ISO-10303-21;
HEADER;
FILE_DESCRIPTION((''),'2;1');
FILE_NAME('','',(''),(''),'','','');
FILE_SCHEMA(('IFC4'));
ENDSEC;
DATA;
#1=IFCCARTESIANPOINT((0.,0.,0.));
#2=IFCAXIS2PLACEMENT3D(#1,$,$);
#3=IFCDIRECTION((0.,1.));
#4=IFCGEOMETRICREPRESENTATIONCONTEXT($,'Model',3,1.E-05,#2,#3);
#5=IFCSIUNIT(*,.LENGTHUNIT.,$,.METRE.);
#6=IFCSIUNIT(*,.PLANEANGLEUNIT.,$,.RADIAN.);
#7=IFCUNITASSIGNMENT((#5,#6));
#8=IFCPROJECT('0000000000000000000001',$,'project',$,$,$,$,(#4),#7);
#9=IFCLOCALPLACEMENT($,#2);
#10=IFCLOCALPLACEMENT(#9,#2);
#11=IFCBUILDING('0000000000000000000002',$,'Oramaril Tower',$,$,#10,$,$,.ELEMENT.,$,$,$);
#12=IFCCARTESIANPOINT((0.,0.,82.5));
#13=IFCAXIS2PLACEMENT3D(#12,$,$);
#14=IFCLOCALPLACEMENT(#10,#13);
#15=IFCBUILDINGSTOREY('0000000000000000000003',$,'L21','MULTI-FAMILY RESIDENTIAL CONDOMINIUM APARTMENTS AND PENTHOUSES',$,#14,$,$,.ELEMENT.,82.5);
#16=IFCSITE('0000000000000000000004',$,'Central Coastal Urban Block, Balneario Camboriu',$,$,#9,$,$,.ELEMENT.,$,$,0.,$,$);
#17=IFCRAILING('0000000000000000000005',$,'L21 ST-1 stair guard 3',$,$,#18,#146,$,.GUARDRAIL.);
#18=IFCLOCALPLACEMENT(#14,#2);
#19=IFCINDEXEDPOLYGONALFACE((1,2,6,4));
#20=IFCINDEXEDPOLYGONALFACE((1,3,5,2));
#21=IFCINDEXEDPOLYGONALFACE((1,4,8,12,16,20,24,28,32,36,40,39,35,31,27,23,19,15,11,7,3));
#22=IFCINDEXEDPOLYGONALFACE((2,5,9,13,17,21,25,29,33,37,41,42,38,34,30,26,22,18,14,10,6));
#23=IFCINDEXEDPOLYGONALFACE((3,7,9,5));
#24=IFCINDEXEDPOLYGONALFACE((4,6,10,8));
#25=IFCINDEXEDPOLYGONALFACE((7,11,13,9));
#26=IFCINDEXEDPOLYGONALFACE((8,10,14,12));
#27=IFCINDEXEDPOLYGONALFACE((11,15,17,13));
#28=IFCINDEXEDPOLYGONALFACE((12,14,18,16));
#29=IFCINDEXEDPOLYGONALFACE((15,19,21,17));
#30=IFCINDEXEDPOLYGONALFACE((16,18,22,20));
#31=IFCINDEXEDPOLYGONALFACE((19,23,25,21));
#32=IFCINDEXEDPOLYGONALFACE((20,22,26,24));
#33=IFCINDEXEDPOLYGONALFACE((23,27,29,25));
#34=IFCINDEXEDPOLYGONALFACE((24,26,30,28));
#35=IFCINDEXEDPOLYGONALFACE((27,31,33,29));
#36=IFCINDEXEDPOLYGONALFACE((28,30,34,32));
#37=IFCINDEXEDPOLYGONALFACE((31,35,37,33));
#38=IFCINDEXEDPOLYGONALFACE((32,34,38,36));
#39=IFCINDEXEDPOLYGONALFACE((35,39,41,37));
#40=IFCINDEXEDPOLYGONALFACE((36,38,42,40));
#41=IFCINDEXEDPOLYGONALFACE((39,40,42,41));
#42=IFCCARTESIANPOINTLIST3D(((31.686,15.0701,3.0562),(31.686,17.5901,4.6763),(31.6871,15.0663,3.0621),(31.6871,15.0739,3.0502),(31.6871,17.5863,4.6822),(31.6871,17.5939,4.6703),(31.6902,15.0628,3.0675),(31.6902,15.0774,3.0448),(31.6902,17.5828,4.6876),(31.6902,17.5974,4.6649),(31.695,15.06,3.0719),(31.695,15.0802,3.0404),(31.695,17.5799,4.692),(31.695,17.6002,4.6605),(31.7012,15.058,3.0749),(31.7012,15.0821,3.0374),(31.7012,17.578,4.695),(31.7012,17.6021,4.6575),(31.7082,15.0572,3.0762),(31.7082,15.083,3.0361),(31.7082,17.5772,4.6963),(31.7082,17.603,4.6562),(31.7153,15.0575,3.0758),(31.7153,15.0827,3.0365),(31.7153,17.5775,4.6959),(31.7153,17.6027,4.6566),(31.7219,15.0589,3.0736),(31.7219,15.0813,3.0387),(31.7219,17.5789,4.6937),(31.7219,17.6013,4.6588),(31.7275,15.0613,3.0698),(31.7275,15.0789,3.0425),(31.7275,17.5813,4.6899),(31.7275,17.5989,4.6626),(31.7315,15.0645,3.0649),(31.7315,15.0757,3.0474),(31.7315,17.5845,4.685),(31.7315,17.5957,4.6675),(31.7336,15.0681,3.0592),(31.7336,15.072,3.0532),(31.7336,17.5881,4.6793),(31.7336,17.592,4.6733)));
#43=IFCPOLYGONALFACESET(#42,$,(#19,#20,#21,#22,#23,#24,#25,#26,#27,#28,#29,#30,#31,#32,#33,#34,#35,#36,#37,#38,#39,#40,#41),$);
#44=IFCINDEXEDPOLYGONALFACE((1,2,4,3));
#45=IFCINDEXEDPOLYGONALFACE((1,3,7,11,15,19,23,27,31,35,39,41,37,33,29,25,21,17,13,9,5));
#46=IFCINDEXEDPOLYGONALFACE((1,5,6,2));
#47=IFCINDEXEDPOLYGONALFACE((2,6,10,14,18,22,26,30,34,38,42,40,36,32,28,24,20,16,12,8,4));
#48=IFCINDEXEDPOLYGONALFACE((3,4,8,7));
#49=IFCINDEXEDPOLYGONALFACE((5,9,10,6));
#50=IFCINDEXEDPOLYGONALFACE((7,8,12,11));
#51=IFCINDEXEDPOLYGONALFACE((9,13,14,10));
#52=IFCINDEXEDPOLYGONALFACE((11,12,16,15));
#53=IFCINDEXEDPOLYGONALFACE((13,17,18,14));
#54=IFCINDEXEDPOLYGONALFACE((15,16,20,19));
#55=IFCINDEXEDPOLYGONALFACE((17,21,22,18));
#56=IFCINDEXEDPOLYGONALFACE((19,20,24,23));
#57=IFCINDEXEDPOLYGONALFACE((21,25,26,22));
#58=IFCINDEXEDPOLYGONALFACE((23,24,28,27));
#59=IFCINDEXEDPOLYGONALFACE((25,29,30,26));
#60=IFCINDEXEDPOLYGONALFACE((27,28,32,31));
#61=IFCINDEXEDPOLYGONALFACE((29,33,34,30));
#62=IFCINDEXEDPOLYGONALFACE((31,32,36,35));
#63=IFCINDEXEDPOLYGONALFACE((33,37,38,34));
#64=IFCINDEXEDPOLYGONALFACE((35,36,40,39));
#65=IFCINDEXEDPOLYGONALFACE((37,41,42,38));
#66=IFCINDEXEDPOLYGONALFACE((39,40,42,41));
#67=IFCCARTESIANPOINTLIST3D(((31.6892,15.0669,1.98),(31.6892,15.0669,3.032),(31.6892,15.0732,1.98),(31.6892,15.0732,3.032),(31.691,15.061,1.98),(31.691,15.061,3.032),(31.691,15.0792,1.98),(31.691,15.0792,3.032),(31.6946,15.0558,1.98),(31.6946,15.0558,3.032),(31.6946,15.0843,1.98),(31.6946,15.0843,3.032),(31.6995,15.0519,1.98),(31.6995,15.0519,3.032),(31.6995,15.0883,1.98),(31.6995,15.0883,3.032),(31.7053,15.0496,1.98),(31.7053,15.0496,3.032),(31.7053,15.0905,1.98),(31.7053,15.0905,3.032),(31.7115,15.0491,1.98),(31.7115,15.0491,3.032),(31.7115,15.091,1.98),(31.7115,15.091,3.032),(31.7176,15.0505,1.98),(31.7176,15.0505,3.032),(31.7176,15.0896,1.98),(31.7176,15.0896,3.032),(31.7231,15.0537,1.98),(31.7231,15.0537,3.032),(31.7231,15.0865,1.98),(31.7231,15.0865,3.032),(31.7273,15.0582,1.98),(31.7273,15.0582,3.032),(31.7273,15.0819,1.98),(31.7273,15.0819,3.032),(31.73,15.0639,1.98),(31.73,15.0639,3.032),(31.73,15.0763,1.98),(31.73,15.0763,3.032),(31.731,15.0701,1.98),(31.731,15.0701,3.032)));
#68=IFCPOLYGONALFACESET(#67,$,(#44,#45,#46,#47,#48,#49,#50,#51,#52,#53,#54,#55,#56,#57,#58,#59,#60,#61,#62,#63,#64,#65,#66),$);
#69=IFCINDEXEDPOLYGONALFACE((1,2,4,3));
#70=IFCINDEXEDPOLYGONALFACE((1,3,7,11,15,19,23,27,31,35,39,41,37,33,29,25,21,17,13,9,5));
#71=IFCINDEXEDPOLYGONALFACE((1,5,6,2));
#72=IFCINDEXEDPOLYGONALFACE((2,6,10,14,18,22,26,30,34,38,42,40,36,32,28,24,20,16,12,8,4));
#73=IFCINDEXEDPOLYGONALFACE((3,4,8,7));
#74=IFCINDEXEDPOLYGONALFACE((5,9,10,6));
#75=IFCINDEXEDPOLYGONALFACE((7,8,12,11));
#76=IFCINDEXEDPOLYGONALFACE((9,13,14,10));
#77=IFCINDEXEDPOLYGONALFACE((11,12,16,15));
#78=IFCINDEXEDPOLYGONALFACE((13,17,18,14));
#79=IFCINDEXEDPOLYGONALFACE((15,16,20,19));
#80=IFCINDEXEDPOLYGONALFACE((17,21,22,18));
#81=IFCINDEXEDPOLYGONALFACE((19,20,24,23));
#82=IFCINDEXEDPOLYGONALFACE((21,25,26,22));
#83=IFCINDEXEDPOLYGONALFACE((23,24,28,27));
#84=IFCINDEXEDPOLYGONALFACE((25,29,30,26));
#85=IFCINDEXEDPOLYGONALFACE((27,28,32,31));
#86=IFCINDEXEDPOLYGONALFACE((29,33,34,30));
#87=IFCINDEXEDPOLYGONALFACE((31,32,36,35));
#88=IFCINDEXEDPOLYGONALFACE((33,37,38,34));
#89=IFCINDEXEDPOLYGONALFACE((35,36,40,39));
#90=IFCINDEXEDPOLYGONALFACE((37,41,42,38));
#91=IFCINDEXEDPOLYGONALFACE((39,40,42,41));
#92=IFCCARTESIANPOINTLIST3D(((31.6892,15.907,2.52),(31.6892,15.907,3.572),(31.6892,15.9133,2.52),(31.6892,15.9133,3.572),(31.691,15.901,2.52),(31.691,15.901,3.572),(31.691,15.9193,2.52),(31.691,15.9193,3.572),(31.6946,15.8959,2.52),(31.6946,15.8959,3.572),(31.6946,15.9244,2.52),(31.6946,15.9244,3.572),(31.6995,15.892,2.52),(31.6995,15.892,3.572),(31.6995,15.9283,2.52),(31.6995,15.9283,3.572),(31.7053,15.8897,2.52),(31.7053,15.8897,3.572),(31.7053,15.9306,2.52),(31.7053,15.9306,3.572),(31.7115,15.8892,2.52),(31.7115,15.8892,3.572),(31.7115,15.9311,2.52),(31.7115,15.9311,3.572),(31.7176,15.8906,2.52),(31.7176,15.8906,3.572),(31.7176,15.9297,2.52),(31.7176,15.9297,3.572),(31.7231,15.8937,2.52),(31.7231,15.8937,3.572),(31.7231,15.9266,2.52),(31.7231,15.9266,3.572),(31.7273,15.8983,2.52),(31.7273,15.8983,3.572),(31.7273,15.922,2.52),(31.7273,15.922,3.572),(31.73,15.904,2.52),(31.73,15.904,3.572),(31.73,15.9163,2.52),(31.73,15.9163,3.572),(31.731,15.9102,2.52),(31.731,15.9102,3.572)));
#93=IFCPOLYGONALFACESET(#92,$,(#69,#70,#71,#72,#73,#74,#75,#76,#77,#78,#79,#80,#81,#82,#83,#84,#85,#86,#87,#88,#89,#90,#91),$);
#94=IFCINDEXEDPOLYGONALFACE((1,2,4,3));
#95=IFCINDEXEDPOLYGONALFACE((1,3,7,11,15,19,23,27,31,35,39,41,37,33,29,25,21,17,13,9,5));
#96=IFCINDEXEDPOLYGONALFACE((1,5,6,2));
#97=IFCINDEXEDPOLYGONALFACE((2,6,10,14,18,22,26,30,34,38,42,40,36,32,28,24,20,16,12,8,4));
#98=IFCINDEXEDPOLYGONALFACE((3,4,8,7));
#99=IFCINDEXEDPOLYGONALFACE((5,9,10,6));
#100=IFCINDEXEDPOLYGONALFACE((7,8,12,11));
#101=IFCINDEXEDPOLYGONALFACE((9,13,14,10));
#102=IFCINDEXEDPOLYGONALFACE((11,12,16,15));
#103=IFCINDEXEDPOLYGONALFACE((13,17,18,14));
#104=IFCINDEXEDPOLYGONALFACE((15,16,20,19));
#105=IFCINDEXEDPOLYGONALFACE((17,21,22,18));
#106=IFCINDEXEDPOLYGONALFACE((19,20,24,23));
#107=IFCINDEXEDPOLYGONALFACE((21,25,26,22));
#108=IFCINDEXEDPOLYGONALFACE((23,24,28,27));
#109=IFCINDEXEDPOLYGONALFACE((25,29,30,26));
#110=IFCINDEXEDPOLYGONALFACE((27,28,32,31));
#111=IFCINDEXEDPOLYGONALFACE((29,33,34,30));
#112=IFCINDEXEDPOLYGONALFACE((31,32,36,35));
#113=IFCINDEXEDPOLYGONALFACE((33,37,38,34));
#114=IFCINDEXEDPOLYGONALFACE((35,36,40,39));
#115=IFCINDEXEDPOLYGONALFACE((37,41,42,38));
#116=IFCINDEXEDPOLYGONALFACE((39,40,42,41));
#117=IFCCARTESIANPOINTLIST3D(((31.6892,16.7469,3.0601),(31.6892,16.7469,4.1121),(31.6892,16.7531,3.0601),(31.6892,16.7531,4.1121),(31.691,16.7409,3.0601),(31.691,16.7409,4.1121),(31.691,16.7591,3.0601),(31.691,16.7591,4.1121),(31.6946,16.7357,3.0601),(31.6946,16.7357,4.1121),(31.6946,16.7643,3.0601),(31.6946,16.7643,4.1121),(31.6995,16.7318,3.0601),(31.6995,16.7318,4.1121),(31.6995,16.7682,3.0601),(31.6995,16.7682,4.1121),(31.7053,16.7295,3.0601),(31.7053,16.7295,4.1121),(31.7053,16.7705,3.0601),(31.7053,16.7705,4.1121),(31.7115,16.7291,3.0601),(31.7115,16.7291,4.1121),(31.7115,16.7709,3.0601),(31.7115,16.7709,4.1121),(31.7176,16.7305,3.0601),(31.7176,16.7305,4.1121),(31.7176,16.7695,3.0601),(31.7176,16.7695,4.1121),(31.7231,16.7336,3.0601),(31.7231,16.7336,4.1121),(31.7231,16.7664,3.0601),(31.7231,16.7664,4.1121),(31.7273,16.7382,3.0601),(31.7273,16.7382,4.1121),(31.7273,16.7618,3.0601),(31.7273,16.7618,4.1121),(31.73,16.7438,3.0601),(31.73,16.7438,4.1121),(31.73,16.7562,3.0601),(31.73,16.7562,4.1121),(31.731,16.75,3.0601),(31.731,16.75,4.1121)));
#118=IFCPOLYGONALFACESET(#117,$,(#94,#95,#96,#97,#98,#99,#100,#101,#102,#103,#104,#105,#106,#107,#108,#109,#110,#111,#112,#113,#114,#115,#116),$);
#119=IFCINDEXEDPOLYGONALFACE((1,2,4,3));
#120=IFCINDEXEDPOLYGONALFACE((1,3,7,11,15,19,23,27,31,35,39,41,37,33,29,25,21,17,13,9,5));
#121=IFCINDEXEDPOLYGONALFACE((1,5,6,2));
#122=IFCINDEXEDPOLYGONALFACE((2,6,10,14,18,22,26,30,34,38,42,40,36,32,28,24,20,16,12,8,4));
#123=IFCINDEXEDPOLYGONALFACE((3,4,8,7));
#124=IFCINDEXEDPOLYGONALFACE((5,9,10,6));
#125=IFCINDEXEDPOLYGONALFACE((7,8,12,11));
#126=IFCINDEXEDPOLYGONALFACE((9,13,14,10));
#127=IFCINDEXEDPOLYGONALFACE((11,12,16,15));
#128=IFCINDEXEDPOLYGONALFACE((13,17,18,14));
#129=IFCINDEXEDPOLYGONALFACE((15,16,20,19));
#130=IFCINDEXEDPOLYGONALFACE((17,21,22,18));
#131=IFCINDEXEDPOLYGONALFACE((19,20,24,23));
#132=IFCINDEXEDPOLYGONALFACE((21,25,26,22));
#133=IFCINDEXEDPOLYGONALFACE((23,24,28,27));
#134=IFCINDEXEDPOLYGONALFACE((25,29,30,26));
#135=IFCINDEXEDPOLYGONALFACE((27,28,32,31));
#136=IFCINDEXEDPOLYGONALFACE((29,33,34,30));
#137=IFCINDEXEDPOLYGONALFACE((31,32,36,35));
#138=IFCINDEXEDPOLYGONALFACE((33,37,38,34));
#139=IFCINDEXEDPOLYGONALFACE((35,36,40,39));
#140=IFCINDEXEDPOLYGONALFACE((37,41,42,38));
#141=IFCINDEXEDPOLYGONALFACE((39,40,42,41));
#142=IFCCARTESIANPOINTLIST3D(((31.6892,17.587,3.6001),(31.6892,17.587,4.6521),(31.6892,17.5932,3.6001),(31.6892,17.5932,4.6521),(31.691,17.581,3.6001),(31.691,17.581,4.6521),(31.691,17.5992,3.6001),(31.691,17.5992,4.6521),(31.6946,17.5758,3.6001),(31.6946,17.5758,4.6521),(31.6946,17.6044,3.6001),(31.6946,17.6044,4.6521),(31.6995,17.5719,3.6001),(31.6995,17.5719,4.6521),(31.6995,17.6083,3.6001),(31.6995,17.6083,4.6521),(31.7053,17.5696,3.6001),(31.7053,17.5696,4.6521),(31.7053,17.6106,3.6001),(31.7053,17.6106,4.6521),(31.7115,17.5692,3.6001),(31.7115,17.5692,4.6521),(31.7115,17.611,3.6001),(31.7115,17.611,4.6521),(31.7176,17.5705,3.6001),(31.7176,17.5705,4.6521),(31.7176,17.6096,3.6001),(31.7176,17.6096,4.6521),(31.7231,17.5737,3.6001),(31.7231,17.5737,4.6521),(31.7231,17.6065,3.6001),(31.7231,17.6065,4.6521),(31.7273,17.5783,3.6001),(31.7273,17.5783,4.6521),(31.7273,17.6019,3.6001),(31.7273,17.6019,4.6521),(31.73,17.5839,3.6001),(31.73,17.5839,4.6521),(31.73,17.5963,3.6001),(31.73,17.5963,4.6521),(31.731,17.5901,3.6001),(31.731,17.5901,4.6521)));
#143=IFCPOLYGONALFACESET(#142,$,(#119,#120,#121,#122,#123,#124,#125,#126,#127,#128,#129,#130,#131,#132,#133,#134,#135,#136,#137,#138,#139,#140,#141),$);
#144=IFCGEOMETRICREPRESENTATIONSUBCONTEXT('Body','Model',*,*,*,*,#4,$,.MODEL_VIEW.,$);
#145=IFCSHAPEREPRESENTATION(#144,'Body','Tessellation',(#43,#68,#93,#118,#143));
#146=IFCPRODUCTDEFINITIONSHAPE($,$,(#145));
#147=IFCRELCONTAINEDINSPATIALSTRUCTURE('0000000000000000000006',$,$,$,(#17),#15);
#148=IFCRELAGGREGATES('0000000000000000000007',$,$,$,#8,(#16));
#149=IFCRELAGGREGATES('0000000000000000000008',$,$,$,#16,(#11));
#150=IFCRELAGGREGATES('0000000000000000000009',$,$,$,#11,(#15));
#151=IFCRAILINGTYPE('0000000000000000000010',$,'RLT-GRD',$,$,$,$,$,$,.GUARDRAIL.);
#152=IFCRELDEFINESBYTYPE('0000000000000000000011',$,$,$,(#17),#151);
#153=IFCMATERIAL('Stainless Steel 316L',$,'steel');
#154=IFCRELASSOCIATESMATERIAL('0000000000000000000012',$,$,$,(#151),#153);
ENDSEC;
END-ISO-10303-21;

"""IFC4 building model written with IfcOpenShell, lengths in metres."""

from ifc_helpers import new_model, si_unit, direction, frame, origin, origin_2d, place, context, subcontext, project, spatial, circle, extrude, material, type_object, element, save


model = new_model("IFC4")

# Units and contexts
model_context = context("Model", 3, precision=1e-05, world=origin(), true_north=direction((0.0, 1.0)))
body_context = subcontext(model_context, "Body", "Model", "MODEL_VIEW")
ifc_project = project(units=[si_unit("LENGTHUNIT", "METRE"), si_unit("PLANEANGLEUNIT", "RADIAN")], contexts=[model_context])

# Site, building, storey
site_placement = place(None, origin())
site = spatial("IfcSite", under=ifc_project, at=site_placement, Name="Central Coastal Urban Block, Balneario Camboriu", CompositionType="ELEMENT", RefElevation=0.0)
building_placement = place(site_placement, origin())
building = spatial("IfcBuilding", under=site, at=building_placement, Name="Oramaril Tower", CompositionType="ELEMENT")
storey_placement = place(building_placement, frame((0.0, 0.0, 82.5)))
storey = spatial("IfcBuildingStorey", under=building, at=storey_placement, Name="L21", Description="MULTI-FAMILY RESIDENTIAL CONDOMINIUM APARTMENTS AND PENTHOUSES", CompositionType="ELEMENT", Elevation=82.5)

# Railing
ifc_material_1 = material(Name="Stainless Steel 316L", Category="steel")
railing_type_1 = type_object("IfcRailingType", Name="RLT-GRD", PredefinedType="GUARDRAIL", material=ifc_material_1)
railing_1_placement = place(storey_placement, frame((31.71, 15.0701, 1.98)))
element("IfcRailing", 1, at=railing_1_placement, inside=storey, type_object=railing_type_1, Name="L21 ST-1 stair guard 3", PredefinedType="GUARDRAIL", context=body_context, shape_type="SweptSolid", body=[
    extrude(circle(Radius=0.0239, at=origin_2d()), frame((0.0, 0.0, 1.0762), z_axis=(0.0, 0.841163, 0.540782), x_axis=(-1.0, 0.0, 0.0)), (0.0, 0.0, 1.0), 2.9958),
    extrude(circle(Radius=0.021, at=origin_2d()), origin(), (0.0, 0.0, 1.0), 1.052),
    extrude(circle(Radius=0.021, at=origin_2d()), frame((0.0, 0.8401, 0.54)), (0.0, 0.0, 1.0), 1.052),
    extrude(circle(Radius=0.021, at=origin_2d()), frame((0.0, 1.6799, 1.0801)), (0.0, 0.0, 1.0), 1.052),
    extrude(circle(Radius=0.021, at=origin_2d()), frame((0.0, 2.52, 1.6201)), (0.0, 0.0, 1.0), 1.052),
])

save(model, "model.ifc")
